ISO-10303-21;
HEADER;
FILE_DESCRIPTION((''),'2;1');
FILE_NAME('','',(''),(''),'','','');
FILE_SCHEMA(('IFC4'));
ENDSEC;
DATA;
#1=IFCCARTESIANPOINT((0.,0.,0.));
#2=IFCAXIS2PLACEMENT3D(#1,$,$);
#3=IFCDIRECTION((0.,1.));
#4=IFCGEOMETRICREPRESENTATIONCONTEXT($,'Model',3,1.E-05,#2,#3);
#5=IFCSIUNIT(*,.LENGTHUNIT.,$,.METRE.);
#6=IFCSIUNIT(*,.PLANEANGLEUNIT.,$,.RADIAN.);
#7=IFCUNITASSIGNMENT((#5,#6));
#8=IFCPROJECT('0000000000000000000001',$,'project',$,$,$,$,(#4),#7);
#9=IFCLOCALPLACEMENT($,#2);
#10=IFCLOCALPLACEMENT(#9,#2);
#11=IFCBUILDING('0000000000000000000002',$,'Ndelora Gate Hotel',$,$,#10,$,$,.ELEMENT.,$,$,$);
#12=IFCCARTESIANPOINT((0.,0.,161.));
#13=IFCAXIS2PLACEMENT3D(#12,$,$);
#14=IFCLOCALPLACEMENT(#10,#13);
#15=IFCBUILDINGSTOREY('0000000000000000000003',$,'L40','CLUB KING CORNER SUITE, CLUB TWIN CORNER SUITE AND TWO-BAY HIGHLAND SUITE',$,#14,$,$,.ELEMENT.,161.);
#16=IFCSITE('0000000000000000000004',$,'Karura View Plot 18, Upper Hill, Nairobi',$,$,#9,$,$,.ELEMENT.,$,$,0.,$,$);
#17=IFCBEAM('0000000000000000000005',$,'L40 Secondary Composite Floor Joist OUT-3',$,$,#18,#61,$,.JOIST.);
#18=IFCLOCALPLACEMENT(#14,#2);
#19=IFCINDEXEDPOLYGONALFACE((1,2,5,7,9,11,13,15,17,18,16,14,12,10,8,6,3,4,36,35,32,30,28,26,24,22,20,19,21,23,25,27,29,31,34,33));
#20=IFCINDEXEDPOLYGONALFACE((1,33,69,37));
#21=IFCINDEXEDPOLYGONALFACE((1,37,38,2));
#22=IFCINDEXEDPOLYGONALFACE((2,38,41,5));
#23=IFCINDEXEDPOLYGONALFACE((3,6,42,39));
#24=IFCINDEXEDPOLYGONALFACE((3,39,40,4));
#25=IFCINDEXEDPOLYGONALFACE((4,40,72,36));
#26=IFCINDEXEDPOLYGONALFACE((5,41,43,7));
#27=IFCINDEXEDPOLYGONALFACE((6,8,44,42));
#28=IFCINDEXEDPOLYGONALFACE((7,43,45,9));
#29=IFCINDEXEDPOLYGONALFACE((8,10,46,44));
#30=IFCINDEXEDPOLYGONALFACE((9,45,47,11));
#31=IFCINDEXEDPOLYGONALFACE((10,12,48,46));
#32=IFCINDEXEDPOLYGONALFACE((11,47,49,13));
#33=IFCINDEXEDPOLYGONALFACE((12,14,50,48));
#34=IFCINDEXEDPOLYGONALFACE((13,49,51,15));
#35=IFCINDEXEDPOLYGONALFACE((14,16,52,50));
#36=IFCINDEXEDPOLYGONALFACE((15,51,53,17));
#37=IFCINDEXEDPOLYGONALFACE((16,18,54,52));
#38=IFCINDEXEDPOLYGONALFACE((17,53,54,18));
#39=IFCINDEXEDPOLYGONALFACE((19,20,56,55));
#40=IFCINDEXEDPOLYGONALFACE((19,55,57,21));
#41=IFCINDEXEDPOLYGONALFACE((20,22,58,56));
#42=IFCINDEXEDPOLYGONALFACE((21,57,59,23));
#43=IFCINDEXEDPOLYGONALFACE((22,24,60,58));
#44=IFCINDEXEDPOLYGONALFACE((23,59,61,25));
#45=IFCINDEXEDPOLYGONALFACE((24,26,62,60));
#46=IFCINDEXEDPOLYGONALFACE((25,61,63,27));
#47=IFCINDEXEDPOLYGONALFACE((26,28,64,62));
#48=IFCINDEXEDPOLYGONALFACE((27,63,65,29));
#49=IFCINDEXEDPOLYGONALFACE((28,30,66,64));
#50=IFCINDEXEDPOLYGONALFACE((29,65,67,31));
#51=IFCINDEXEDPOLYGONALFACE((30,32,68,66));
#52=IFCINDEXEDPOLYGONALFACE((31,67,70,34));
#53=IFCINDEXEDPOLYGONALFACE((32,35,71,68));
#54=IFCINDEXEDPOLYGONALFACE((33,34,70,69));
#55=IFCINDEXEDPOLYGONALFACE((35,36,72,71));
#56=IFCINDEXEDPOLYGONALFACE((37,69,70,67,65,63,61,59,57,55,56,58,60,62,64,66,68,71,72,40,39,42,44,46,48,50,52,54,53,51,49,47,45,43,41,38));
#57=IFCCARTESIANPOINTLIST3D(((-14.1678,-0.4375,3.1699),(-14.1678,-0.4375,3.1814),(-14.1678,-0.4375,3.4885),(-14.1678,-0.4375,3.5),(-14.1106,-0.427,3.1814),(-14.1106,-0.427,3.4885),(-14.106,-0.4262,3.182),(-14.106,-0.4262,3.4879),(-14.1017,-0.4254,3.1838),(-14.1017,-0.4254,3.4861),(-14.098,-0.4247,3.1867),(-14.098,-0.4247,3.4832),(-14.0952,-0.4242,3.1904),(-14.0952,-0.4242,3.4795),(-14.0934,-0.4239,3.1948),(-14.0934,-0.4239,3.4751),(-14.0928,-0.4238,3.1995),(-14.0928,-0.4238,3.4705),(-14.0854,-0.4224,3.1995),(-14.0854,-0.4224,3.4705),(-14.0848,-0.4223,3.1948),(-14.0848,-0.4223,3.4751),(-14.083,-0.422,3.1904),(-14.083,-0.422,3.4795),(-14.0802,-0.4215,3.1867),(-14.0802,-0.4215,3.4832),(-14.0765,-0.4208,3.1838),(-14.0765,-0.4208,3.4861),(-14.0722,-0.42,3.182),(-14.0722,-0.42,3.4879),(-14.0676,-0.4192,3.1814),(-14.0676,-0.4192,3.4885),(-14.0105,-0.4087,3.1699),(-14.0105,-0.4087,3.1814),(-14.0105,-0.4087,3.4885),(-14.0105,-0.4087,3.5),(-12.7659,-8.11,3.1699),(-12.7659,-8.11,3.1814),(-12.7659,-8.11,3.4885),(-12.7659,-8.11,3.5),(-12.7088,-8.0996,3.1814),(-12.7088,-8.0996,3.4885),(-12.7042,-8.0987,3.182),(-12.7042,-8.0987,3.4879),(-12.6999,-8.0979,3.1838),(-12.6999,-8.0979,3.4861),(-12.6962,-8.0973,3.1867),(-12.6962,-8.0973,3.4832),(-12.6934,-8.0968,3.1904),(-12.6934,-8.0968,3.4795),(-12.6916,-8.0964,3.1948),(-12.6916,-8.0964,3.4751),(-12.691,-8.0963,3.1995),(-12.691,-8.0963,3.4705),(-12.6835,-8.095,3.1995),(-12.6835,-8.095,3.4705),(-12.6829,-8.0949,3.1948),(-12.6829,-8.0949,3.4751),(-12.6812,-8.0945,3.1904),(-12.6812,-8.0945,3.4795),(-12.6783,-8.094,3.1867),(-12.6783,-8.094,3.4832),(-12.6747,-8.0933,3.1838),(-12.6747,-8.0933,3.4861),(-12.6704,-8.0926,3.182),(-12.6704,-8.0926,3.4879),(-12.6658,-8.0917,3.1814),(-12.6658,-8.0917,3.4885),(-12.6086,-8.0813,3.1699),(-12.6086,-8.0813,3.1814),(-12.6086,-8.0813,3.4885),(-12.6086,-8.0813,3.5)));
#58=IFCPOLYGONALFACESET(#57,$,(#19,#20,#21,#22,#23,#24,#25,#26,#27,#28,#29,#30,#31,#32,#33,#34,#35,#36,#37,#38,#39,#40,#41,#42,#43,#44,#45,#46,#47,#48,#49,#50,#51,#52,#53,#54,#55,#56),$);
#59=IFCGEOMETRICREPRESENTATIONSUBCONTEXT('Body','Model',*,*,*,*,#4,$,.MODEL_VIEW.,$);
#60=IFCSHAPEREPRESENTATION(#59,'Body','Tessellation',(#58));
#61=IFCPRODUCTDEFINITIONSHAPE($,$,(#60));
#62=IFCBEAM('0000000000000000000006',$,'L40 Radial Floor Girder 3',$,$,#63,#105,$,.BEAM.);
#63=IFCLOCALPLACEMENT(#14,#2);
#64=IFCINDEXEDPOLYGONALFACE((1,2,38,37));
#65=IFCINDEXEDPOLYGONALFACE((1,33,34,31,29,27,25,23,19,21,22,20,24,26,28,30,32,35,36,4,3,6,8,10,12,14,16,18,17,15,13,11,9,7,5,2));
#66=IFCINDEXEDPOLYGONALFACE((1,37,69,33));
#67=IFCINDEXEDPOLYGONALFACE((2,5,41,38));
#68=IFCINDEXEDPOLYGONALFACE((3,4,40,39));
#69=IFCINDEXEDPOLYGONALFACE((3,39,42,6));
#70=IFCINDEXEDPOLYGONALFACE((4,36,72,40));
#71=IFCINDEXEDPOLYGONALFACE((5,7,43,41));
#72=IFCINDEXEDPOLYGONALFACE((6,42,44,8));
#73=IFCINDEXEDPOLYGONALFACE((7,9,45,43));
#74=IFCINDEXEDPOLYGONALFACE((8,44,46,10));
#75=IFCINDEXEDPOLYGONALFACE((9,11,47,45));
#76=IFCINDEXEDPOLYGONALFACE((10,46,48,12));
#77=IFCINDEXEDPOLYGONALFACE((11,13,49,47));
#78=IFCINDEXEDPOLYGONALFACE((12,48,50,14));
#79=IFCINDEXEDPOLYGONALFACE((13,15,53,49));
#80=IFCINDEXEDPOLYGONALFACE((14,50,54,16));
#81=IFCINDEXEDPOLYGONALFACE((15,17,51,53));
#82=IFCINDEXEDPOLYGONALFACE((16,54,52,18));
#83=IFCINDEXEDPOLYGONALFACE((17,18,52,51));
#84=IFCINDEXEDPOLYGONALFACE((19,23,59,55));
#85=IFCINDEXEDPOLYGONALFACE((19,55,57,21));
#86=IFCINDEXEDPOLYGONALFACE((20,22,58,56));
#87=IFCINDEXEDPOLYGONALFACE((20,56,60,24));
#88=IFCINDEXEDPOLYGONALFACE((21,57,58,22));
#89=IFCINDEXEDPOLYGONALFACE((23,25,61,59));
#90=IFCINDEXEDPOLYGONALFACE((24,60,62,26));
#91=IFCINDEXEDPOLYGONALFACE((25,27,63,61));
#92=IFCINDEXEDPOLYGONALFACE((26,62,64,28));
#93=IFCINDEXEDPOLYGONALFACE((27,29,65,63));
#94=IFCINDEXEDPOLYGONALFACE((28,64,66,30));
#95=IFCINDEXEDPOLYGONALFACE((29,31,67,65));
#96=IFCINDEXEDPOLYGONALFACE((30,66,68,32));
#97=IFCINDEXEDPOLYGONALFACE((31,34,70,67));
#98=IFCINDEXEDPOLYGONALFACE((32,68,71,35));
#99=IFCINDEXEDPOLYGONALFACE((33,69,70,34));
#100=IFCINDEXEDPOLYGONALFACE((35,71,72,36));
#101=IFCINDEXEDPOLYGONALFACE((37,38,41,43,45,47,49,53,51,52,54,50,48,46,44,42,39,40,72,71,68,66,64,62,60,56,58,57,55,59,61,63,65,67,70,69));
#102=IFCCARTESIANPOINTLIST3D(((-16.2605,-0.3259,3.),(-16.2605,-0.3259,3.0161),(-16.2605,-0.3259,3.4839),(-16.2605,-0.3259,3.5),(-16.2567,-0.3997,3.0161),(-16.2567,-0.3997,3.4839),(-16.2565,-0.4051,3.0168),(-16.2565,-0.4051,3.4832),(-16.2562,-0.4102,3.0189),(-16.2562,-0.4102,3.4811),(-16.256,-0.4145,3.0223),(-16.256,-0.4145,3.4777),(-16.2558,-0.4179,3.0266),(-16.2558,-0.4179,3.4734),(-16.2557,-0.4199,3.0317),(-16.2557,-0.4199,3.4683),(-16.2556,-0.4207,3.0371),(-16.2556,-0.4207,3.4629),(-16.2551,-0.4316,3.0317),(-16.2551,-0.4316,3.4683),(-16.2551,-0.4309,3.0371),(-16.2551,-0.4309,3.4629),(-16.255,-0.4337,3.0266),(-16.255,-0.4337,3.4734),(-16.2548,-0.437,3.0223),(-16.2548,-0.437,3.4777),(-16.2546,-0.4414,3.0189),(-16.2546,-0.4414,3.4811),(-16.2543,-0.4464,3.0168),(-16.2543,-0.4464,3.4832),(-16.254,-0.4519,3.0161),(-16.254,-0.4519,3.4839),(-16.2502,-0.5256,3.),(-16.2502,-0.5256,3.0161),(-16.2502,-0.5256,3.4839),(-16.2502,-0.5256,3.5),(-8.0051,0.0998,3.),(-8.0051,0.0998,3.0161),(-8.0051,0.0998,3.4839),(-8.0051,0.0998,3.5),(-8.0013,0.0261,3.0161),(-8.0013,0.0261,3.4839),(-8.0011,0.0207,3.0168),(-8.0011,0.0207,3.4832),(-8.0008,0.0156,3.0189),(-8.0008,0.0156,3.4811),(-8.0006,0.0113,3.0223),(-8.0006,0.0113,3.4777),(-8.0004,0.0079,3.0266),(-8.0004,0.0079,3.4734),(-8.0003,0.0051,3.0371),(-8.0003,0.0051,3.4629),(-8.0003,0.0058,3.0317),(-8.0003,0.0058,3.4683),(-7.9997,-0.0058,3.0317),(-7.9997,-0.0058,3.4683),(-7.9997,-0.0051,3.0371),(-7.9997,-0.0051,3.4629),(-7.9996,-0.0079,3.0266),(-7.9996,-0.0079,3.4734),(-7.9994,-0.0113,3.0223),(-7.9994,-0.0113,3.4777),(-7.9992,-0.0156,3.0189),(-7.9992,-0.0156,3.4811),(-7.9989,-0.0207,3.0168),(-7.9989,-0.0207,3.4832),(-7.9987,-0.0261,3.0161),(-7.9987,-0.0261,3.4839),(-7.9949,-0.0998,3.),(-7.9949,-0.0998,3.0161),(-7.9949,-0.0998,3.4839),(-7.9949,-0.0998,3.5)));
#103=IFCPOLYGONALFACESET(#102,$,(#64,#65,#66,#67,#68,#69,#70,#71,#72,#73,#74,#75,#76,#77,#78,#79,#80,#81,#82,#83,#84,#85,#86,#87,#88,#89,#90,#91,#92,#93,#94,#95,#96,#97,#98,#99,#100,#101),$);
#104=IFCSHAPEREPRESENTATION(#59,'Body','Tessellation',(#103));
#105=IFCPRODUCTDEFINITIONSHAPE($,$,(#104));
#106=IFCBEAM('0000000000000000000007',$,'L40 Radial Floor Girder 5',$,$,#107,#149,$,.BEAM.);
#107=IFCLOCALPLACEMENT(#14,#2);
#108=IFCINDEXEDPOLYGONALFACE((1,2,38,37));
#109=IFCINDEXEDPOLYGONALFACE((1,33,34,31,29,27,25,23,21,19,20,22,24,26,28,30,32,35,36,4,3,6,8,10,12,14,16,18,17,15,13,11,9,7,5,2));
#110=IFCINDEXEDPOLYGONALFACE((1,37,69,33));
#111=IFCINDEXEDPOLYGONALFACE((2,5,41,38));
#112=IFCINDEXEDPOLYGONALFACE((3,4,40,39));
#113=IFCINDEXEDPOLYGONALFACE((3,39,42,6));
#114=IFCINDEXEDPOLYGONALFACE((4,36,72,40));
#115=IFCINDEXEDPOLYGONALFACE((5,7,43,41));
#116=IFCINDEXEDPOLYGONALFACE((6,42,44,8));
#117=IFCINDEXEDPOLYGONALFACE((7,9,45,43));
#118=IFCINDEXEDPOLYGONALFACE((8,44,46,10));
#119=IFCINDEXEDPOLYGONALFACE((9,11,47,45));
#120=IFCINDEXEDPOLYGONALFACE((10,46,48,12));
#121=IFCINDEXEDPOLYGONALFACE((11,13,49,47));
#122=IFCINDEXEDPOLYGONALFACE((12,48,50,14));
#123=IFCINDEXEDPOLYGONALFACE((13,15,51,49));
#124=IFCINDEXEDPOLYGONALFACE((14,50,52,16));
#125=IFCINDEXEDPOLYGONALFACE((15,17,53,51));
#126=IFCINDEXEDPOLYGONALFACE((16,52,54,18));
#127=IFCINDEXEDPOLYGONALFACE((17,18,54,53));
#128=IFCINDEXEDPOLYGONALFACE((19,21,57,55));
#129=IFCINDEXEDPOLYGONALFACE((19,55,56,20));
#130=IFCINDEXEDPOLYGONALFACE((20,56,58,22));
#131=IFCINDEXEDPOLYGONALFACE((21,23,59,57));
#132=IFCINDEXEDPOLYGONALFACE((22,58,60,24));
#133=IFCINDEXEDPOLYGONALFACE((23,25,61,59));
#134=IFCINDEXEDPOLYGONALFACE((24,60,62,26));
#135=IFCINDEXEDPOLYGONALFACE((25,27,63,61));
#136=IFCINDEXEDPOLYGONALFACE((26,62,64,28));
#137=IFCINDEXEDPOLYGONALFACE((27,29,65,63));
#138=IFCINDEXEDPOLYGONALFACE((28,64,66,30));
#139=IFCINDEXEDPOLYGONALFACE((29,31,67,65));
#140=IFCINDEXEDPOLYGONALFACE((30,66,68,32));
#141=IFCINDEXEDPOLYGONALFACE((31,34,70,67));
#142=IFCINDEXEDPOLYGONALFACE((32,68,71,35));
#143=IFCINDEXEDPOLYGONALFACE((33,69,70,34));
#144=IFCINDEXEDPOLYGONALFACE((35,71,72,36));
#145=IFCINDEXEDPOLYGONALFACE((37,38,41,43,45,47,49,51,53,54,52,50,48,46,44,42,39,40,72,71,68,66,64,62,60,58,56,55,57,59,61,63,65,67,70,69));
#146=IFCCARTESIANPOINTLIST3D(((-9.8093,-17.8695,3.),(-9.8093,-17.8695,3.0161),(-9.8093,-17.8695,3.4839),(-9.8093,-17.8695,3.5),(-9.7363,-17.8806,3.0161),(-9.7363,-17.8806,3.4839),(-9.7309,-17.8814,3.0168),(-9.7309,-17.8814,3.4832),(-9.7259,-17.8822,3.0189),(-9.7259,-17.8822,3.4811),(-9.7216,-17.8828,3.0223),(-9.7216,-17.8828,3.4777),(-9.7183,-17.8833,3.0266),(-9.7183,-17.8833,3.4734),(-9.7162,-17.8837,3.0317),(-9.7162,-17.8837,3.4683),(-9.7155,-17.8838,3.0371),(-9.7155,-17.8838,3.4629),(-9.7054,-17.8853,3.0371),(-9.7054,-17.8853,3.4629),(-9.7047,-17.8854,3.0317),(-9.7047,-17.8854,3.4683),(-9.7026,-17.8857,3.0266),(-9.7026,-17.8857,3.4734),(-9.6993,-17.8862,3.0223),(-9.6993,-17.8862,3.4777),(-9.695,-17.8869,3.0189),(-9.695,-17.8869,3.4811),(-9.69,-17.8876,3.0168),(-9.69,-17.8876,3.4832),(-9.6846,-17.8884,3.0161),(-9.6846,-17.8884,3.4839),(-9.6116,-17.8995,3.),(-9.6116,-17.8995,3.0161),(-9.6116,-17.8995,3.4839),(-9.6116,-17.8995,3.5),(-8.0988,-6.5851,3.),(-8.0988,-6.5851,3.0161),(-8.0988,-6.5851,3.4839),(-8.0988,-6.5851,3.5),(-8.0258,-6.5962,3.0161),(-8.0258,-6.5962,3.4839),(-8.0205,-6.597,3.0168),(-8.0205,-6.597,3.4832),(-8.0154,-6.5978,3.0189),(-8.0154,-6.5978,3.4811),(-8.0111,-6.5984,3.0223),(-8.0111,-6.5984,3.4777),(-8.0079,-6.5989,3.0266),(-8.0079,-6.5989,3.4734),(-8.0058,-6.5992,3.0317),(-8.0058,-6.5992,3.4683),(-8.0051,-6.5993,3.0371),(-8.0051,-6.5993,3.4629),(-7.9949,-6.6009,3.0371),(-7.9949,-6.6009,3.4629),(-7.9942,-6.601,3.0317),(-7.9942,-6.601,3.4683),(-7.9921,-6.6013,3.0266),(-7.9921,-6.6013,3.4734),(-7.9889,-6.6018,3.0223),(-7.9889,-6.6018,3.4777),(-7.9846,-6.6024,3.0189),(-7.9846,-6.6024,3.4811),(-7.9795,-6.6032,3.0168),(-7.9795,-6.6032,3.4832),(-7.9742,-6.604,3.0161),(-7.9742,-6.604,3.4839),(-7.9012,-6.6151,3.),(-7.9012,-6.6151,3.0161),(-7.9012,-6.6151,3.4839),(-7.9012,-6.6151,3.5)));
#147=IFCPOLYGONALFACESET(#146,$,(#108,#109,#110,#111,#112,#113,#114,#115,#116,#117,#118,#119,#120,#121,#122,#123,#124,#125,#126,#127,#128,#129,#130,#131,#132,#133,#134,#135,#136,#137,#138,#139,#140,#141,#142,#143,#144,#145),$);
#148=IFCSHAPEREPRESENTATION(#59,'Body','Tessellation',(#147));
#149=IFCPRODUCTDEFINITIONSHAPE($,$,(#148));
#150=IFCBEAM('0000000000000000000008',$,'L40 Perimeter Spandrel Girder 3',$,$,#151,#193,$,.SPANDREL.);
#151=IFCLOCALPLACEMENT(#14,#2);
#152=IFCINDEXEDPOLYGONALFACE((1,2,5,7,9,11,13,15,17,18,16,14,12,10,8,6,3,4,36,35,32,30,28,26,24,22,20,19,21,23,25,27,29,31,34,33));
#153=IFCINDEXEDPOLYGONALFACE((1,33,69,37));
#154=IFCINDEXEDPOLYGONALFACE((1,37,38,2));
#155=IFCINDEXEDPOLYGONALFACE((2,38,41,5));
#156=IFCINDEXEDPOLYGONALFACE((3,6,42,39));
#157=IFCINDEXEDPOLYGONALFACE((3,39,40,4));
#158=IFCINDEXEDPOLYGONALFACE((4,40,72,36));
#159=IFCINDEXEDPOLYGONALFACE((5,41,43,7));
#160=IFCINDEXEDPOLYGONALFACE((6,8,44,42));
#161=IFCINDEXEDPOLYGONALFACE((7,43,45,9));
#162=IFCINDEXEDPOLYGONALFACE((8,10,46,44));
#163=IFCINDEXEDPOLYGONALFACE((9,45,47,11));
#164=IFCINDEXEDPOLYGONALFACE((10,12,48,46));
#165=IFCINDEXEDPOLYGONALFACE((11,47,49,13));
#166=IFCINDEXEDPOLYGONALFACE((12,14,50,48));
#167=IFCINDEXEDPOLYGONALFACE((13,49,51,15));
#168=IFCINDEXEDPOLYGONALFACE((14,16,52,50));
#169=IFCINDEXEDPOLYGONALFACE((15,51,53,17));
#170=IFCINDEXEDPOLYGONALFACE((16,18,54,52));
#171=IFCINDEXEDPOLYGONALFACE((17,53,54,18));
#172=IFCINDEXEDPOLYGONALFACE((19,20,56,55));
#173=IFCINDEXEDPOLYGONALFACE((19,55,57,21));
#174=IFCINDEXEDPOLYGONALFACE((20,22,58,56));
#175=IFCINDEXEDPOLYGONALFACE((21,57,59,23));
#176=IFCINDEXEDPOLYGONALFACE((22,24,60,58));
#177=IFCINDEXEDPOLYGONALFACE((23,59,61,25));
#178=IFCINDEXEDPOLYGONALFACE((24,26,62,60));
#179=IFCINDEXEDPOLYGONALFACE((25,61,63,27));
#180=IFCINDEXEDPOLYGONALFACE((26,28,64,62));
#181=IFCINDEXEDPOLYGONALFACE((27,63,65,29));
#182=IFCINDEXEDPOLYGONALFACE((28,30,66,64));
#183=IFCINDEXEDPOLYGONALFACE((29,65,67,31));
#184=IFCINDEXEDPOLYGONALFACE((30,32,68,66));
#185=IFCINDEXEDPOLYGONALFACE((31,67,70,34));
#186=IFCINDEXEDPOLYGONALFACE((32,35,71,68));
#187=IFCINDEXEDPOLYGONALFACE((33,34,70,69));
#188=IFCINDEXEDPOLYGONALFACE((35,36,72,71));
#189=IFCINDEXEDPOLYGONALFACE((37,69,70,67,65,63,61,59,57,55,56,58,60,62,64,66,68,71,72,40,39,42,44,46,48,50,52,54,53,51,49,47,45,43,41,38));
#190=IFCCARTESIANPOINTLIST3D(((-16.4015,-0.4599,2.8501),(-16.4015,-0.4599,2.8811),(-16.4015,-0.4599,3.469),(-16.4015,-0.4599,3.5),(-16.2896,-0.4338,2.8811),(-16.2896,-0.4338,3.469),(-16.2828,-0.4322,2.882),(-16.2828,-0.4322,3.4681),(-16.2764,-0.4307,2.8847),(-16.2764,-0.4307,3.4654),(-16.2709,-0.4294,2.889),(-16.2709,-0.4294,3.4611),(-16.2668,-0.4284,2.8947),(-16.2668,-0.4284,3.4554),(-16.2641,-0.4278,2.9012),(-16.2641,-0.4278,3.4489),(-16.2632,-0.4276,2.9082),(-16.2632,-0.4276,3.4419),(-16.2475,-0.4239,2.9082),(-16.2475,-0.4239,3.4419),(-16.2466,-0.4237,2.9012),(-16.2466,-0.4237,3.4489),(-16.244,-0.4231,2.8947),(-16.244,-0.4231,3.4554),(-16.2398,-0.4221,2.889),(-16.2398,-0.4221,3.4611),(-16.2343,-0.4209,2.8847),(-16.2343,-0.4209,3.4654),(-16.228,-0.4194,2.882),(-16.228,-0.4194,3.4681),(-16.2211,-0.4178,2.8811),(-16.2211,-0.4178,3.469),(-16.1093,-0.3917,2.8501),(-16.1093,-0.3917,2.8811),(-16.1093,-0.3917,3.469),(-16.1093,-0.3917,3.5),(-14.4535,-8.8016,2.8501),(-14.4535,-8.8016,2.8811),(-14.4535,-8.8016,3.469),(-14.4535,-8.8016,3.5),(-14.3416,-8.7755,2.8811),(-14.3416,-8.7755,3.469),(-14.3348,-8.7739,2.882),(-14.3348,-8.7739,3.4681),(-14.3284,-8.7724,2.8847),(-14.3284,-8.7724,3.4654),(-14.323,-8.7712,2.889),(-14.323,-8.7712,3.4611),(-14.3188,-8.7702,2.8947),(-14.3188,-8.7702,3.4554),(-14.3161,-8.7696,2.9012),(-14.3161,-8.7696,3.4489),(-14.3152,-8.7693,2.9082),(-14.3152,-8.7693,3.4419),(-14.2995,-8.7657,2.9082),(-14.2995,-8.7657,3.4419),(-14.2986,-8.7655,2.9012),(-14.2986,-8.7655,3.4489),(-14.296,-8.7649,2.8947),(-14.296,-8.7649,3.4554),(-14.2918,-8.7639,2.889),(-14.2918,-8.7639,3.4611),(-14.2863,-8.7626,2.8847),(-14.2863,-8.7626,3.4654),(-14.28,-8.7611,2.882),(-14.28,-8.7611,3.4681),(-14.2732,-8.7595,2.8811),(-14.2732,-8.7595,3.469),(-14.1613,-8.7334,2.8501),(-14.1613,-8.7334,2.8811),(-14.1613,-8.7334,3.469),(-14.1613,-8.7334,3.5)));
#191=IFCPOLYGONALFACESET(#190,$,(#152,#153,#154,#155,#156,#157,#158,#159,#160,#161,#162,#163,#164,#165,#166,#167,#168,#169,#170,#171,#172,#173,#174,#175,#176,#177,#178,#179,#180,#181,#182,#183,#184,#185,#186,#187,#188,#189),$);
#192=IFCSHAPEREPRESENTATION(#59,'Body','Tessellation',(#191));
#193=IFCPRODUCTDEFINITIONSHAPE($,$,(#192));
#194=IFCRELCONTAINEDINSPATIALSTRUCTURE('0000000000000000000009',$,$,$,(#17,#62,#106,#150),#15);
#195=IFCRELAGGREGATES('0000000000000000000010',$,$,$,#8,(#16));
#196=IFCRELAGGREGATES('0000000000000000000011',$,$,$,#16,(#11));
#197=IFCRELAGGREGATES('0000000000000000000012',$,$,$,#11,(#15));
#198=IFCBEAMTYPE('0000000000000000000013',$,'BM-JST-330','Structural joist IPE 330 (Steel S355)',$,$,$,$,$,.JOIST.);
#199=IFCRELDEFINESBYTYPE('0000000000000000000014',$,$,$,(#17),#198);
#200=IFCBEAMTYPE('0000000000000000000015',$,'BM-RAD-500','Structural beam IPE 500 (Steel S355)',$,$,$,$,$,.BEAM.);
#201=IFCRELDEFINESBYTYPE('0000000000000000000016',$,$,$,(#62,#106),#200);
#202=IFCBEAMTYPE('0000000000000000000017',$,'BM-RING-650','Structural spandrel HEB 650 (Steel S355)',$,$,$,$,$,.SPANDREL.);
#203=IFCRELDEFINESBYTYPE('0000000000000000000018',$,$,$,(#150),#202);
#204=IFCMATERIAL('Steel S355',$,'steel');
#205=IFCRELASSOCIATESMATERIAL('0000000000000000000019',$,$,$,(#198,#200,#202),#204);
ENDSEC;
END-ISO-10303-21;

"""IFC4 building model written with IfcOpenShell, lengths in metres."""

from ifc_helpers import new_model, si_unit, direction, frame, origin, origin_2d, place, context, subcontext, project, spatial, i_section, extrude, material, material_profile, profile_set, type_object, element, save


model = new_model("IFC4")

# Units and contexts
model_context = context("Model", 3, precision=1e-05, world=origin(), true_north=direction((0.0, 1.0)))
body_context = subcontext(model_context, "Body", "Model", "MODEL_VIEW")
ifc_project = project(units=[si_unit("LENGTHUNIT", "METRE"), si_unit("PLANEANGLEUNIT", "RADIAN")], contexts=[model_context])

# Site, building, storey
site_placement = place(None, origin())
site = spatial("IfcSite", under=ifc_project, at=site_placement, Name="Karura View Plot 18, Upper Hill, Nairobi", CompositionType="ELEMENT", RefElevation=0.0)
building_placement = place(site_placement, origin())
building = spatial("IfcBuilding", under=site, at=building_placement, Name="Ndelora Gate Hotel", CompositionType="ELEMENT")
storey_placement = place(building_placement, frame((0.0, 0.0, 161.0)))
storey = spatial("IfcBuildingStorey", under=building, at=storey_placement, Name="L40", Description="CLUB KING CORNER SUITE, CLUB TWIN CORNER SUITE AND TWO-BAY HIGHLAND SUITE", CompositionType="ELEMENT", Elevation=161.0)

# Beams
ifc_material_1 = material(Name="Steel S355", Category="steel")
ifc_material_profile_1 = material_profile(ifc_material_1, i_section(OverallWidth=0.1599, OverallDepth=0.3301, WebThickness=0.0076, FlangeThickness=0.0115, FilletRadius=0.0181, at=origin_2d()), Name="IPE 330")
ifc_profile_set_1 = profile_set([ifc_material_profile_1], Name="Steel S355")
beam_type_1 = type_object("IfcBeamType", Name="BM-JST-330", Description="Structural joist IPE 330 (Steel S355)", PredefinedType="JOIST", material=ifc_profile_set_1)
beam_1_placement = place(storey_placement, frame((-14.0891, -0.4231, 3.335), z_axis=(0.179734, -0.983715, 0.0), x_axis=(0.983715, 0.179734, 0.0)))
element("IfcBeam", 1, at=beam_1_placement, inside=storey, type_object=beam_type_1, Name="L40 Secondary Composite Floor Joist OUT-3", PredefinedType="JOIST", context=body_context, shape_type="SweptSolid", body=[
    extrude(i_section(OverallWidth=0.1599, OverallDepth=0.3301, WebThickness=0.0076, FlangeThickness=0.0115, FilletRadius=0.0181, at=origin_2d()), origin(), (0.0, 0.0, 1.0), 7.7996),
])
ifc_material_profile_2 = material_profile(ifc_material_1, i_section(OverallWidth=0.2, OverallDepth=0.5, WebThickness=0.0103, FlangeThickness=0.0161, FilletRadius=0.021, at=origin_2d()), Name="IPE 500")
ifc_profile_set_2 = profile_set([ifc_material_profile_2], Name="Steel S355")
beam_type_2 = type_object("IfcBeamType", Name="BM-RAD-500", Description="Structural beam IPE 500 (Steel S355)", PredefinedType="BEAM", material=ifc_profile_set_2)
beam_2_placement = place(storey_placement, frame((-8.0, 0.0, 3.25), z_axis=(-0.998673, -0.051508, 0.0), x_axis=(0.051508, -0.998673, 0.0)))
element("IfcBeam", 2, at=beam_2_placement, inside=storey, type_object=beam_type_2, Name="L40 Radial Floor Girder 3", PredefinedType="BEAM", context=body_context, shape_type="SweptSolid", body=[
    extrude(i_section(OverallWidth=0.2, OverallDepth=0.5, WebThickness=0.0103, FlangeThickness=0.0161, FilletRadius=0.021, at=origin_2d()), origin(), (0.0, 0.0, 1.0), 8.2664),
])
beam_3_placement = place(storey_placement, frame((-8.0, -6.6001, 3.25), z_axis=(-0.149864, -0.988707, 0.0), x_axis=(0.988707, -0.149864, 0.0)))
element("IfcBeam", 3, at=beam_3_placement, inside=storey, type_object=beam_type_2, Name="L40 Radial Floor Girder 5", PredefinedType="BEAM", context=body_context, shape_type="SweptSolid", body=[
    extrude(i_section(OverallWidth=0.2, OverallDepth=0.5, WebThickness=0.0103, FlangeThickness=0.0161, FilletRadius=0.021, at=origin_2d()), origin(), (0.0, 0.0, 1.0), 11.4133),
])
ifc_material_profile_3 = material_profile(ifc_material_1, i_section(OverallWidth=0.3, OverallDepth=0.6499, WebThickness=0.0161, FlangeThickness=0.031, FilletRadius=0.0271, at=origin_2d()), Name="HEB 650")
ifc_profile_set_3 = profile_set([ifc_material_profile_3], Name="Steel S355")
beam_type_3 = type_object("IfcBeamType", Name="BM-RING-650", Description="Structural spandrel HEB 650 (Steel S355)", PredefinedType="SPANDREL", material=ifc_profile_set_3)
beam_4_placement = place(storey_placement, frame((-16.2554, -0.4258, 3.175), z_axis=(0.227404, -0.9738, 0.0), x_axis=(0.9738, 0.227404, 0.0)))
element("IfcBeam", 4, at=beam_4_placement, inside=storey, type_object=beam_type_3, Name="L40 Perimeter Spandrel Girder 3", PredefinedType="SPANDREL", context=body_context, shape_type="SweptSolid", body=[
    extrude(i_section(OverallWidth=0.3, OverallDepth=0.6499, WebThickness=0.0161, FlangeThickness=0.031, FilletRadius=0.0271, at=origin_2d()), origin(), (0.0, 0.0, 1.0), 8.5662),
])

save(model, "model.ifc")
